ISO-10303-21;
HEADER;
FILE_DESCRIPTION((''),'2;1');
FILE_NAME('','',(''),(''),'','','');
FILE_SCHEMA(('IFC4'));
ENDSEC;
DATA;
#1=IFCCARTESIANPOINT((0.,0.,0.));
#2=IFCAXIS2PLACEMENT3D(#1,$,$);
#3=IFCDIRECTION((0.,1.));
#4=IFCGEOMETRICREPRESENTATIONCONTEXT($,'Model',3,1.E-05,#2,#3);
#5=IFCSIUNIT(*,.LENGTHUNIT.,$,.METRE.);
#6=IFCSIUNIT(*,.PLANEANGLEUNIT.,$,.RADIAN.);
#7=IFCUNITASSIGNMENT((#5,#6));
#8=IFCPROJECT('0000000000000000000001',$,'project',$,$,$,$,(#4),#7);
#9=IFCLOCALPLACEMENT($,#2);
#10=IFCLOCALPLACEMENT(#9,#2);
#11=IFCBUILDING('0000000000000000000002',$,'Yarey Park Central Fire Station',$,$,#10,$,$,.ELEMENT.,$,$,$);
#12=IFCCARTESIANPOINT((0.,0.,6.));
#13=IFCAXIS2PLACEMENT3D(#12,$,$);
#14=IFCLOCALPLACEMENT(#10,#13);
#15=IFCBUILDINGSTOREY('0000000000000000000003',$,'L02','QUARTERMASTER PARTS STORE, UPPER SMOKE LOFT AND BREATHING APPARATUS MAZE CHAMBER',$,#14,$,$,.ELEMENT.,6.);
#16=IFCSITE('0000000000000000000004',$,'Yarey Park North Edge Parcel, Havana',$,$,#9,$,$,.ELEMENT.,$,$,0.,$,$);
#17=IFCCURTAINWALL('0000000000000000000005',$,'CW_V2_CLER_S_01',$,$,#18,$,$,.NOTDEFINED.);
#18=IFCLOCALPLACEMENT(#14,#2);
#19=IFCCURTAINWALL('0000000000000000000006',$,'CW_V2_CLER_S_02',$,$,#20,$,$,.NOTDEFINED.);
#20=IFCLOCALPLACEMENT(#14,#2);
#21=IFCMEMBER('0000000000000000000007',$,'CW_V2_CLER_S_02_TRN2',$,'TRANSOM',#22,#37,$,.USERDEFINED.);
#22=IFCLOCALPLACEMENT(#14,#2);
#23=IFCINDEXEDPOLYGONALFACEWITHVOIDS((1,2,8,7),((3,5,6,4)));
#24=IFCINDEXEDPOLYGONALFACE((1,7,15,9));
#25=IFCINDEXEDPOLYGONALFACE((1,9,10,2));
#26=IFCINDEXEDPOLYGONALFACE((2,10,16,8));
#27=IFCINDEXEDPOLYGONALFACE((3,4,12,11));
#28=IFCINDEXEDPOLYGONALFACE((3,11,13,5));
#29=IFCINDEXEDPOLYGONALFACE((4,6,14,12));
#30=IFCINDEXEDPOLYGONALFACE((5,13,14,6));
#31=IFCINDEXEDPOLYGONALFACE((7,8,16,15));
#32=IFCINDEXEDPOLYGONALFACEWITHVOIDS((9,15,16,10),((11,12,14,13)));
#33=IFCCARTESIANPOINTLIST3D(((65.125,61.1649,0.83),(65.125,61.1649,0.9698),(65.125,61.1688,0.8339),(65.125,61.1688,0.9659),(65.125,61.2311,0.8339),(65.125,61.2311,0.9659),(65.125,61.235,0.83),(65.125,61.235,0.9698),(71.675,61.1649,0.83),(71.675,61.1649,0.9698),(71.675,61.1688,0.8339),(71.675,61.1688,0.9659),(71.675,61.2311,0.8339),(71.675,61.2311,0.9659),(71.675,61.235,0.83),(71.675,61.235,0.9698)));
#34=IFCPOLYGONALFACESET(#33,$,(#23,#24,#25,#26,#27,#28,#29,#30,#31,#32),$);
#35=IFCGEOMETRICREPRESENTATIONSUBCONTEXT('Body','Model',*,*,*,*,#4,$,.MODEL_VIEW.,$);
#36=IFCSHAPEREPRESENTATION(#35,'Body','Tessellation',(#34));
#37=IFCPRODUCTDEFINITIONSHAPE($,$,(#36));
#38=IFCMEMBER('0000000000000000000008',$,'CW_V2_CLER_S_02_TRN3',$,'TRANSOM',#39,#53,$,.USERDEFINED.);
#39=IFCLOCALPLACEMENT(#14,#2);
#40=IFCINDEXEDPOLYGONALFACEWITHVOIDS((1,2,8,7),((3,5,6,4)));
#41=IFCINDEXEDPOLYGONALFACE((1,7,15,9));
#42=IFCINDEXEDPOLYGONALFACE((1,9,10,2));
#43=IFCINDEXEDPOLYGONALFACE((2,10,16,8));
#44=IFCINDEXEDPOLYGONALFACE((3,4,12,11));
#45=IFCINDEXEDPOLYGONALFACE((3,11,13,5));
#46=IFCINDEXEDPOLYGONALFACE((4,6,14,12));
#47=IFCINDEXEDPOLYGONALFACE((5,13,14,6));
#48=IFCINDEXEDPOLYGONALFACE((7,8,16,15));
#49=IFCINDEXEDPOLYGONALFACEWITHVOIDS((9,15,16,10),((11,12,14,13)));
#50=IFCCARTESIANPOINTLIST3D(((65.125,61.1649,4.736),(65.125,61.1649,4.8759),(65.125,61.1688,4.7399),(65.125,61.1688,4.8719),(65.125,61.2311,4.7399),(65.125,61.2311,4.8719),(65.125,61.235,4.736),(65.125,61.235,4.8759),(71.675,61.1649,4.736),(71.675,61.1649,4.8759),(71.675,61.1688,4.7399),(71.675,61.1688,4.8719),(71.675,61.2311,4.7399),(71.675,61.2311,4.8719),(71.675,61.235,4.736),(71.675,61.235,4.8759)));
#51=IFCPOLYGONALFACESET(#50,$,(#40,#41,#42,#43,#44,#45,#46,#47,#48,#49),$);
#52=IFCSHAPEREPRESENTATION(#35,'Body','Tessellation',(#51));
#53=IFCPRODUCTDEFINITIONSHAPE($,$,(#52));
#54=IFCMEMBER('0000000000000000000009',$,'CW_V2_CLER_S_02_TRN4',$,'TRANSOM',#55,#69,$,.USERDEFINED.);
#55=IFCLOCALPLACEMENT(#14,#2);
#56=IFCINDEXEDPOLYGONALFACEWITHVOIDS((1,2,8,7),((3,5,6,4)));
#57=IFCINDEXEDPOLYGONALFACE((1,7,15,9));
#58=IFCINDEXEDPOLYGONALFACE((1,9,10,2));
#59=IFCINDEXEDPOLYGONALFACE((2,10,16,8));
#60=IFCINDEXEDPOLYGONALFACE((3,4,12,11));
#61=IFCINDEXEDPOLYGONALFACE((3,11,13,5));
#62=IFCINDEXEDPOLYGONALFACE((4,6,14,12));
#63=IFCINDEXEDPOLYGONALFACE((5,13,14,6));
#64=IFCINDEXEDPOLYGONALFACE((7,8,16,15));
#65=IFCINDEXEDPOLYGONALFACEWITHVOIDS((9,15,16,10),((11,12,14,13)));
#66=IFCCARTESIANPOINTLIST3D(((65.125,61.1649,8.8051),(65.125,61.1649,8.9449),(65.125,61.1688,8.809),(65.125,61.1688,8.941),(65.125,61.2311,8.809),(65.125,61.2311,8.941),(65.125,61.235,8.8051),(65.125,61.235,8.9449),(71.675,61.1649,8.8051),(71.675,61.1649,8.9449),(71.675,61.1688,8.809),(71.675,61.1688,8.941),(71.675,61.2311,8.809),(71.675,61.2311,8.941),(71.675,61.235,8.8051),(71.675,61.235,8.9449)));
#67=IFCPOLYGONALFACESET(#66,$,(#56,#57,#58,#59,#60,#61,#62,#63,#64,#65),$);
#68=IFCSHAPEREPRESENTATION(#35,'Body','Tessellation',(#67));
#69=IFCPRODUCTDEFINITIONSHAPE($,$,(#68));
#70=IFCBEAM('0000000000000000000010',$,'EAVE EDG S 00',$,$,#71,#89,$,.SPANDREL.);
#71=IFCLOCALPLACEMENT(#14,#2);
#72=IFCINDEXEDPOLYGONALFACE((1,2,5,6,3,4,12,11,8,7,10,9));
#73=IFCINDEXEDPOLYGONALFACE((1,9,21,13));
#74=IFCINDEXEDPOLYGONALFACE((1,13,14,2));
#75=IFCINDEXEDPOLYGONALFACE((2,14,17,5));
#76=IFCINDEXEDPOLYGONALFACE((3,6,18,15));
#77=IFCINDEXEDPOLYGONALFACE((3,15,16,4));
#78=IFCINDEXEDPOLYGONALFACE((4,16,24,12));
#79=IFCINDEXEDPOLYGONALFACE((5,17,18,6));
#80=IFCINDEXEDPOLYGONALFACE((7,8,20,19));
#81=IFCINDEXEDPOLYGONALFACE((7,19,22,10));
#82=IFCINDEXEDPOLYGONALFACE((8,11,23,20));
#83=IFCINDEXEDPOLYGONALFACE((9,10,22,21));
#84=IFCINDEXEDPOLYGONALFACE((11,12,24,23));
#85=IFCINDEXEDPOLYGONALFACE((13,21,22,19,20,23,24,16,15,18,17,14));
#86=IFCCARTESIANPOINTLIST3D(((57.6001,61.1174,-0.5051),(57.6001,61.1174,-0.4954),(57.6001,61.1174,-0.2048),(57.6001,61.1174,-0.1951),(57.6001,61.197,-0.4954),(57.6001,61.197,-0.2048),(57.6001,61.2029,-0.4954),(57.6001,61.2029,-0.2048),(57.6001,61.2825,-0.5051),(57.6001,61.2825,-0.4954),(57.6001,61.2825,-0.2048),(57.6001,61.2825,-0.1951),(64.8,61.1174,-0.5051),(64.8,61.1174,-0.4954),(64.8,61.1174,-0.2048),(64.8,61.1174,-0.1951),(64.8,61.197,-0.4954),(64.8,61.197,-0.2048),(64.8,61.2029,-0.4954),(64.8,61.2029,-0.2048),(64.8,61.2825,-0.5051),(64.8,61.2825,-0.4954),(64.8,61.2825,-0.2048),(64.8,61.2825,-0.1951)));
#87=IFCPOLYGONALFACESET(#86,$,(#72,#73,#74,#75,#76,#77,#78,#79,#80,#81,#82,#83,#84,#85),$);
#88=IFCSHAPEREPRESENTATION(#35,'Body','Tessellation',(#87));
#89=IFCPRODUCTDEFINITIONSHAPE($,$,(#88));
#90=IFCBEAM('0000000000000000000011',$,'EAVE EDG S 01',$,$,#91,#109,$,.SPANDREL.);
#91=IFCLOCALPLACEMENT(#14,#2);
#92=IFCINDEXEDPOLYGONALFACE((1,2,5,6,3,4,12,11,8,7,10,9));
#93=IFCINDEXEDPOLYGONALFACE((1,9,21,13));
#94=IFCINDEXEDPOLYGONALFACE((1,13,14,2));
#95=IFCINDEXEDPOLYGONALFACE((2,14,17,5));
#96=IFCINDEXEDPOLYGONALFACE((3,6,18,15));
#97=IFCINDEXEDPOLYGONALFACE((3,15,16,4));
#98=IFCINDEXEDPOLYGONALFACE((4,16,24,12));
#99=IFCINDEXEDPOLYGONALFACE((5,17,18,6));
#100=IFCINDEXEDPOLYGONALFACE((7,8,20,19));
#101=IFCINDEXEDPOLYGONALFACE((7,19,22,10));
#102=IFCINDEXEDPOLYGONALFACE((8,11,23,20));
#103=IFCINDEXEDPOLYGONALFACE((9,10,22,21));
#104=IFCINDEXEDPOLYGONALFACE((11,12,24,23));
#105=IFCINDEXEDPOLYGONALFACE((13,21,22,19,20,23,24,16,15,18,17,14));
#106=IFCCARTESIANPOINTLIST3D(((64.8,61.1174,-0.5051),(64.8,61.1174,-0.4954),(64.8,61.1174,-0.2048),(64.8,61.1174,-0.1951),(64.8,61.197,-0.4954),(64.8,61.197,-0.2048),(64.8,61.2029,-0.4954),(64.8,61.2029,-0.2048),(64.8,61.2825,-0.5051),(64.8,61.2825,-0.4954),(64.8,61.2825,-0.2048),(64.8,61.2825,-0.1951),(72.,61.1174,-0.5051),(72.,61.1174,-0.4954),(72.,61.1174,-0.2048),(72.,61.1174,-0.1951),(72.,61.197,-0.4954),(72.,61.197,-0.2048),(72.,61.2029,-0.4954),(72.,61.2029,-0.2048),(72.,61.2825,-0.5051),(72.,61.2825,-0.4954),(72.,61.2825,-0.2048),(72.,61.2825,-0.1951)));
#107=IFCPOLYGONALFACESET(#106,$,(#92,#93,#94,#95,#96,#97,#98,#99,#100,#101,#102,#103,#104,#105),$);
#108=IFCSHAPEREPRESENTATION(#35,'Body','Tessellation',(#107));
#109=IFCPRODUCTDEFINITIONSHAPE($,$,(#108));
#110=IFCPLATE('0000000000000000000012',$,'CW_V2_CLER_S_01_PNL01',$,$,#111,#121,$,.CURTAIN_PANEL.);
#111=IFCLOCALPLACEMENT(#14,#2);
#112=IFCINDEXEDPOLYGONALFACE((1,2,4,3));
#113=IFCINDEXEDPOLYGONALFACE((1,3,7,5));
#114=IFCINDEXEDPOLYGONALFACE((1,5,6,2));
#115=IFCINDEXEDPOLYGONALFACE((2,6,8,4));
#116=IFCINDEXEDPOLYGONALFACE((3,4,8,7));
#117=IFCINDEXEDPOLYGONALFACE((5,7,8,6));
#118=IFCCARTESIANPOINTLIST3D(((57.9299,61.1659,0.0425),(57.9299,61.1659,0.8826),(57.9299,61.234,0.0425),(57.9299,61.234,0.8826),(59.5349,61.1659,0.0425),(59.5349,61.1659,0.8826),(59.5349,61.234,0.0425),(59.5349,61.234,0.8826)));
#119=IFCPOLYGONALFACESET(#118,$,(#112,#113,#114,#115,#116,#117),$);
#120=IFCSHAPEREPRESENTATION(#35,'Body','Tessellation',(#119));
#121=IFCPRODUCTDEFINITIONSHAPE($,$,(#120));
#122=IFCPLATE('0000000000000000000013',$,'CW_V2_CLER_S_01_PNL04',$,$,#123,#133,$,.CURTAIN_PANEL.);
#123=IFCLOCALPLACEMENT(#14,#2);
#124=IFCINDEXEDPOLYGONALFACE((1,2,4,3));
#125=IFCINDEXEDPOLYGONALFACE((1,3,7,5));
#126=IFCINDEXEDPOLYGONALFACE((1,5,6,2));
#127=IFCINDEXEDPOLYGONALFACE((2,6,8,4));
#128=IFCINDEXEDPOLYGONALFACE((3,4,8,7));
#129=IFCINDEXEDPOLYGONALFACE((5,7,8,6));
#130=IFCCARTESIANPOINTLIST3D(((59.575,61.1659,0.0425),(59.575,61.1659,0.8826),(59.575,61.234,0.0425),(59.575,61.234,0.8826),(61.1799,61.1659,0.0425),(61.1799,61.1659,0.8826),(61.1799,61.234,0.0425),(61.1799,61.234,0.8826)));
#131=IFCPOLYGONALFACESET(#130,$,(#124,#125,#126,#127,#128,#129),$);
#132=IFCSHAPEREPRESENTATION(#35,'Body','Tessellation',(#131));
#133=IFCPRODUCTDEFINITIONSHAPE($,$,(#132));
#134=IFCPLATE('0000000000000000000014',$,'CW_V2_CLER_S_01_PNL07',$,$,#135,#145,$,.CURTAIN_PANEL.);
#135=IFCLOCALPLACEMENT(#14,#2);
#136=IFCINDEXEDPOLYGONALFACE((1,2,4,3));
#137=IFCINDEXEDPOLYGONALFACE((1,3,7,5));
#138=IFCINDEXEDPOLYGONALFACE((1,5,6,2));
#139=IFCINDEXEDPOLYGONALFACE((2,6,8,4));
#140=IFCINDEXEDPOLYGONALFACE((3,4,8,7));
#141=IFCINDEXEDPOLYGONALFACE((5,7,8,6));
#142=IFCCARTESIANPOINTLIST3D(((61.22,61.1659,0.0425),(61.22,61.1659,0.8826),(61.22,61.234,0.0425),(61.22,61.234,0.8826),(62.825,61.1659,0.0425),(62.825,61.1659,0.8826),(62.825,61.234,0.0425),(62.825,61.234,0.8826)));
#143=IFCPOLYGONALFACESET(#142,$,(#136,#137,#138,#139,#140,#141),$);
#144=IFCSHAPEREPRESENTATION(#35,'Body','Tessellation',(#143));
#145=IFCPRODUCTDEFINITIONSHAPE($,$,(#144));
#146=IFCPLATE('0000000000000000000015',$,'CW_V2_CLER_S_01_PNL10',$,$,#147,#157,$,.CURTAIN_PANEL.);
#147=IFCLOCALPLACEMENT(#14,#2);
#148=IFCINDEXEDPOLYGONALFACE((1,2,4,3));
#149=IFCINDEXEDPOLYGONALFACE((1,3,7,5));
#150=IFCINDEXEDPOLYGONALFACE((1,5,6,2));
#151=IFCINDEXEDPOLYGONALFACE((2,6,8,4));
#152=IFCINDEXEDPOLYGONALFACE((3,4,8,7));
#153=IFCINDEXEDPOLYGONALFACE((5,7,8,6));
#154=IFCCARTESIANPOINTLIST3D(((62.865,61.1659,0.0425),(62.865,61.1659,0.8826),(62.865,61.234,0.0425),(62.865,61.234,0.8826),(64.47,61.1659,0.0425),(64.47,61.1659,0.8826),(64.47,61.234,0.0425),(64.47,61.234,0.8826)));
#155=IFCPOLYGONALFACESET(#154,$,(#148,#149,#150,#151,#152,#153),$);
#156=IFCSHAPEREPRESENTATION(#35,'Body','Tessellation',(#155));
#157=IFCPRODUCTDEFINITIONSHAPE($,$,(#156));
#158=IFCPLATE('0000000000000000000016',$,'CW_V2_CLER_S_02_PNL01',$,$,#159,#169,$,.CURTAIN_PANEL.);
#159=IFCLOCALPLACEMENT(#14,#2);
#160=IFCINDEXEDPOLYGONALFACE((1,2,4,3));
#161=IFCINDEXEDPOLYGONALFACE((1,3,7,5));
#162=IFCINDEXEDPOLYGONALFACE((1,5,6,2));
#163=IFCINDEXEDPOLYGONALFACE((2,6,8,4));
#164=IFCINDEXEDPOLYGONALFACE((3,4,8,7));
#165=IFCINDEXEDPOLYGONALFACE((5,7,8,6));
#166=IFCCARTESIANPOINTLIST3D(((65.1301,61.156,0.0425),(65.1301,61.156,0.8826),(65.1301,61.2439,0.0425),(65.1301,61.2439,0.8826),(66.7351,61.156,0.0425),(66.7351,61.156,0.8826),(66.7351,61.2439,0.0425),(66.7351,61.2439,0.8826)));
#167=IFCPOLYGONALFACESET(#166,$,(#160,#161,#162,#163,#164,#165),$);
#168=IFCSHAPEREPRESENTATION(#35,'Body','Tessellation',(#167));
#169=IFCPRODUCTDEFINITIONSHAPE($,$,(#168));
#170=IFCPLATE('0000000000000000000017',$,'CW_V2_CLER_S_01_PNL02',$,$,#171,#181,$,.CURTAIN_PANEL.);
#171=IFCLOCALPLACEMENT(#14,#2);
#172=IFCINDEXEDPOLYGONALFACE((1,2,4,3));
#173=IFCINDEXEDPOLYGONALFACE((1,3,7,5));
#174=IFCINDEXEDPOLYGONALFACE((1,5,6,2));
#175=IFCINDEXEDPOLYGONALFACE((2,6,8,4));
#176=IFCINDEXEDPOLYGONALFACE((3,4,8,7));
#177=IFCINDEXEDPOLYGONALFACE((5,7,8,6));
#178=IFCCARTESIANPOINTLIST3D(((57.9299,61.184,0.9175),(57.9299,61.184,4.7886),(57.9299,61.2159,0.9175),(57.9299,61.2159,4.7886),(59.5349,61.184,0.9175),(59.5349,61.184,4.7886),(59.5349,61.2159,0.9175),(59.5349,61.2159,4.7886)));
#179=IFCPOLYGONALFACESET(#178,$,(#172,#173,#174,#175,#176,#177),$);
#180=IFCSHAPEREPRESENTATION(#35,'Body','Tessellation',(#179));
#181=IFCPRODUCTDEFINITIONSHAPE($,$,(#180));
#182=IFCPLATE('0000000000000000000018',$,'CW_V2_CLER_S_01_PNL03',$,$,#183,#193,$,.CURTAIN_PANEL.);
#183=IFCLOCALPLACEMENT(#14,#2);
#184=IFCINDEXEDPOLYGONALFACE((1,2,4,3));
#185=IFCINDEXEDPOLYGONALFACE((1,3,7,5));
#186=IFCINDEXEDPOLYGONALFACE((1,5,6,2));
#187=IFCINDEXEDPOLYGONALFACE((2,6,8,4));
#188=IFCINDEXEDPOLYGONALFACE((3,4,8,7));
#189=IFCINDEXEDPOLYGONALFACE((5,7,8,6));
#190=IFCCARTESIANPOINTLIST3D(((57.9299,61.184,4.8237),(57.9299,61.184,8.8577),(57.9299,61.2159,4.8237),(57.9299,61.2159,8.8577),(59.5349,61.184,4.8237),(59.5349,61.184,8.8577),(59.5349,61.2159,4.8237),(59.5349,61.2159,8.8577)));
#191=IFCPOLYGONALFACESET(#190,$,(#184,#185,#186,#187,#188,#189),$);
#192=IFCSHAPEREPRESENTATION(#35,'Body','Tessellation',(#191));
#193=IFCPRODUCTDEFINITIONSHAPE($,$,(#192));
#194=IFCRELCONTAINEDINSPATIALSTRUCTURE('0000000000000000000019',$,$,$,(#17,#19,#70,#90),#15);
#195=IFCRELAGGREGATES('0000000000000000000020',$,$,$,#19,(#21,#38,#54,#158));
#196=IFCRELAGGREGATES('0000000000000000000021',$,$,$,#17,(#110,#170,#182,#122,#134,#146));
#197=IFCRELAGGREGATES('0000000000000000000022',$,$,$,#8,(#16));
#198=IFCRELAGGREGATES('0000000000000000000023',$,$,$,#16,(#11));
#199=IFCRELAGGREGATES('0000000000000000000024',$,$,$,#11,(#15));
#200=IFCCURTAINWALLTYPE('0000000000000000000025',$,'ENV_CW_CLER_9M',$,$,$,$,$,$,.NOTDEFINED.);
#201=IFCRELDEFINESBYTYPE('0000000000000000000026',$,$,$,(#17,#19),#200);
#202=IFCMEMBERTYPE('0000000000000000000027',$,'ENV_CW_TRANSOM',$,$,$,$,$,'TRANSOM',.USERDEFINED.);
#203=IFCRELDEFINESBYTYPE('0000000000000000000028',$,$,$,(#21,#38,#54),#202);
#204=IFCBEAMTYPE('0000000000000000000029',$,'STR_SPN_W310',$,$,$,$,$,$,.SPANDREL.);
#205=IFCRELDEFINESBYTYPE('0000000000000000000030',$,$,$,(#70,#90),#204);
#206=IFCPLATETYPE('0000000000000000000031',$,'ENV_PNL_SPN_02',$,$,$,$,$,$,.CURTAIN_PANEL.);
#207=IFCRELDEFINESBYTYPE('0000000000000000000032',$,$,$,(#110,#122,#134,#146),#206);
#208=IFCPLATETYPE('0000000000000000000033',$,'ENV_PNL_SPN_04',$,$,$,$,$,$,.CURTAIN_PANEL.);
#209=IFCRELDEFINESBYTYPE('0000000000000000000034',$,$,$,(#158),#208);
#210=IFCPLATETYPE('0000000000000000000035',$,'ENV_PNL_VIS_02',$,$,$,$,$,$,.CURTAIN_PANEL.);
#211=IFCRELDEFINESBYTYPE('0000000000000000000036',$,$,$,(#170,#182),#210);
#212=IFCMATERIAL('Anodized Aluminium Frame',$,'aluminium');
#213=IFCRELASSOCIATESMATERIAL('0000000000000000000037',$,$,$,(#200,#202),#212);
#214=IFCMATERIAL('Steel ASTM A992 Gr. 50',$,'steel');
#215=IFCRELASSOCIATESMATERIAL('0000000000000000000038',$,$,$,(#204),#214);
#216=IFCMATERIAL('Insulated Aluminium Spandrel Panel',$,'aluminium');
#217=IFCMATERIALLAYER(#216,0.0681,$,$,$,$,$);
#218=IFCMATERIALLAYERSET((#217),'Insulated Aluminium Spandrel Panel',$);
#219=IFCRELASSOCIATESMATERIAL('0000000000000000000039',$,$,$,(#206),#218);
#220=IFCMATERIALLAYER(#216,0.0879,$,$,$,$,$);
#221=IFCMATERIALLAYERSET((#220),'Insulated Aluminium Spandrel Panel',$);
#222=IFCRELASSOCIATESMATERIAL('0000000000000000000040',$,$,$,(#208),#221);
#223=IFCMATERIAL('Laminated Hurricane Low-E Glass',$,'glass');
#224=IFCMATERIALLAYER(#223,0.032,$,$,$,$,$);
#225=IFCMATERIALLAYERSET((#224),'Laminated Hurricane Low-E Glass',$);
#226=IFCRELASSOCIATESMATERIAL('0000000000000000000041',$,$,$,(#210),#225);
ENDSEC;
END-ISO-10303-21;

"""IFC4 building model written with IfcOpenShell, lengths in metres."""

from ifc_helpers import new_model, si_unit, direction, frame, origin, origin_2d, place, context, subcontext, project, spatial, rectangle, hollow_rectangle, i_section, extrude, material, layer, layer_set, material_profile, profile_set, type_object, element, aggregate, save


model = new_model("IFC4")

# Units and contexts
model_context = context("Model", 3, precision=1e-05, world=origin(), true_north=direction((0.0, 1.0)))
body_context = subcontext(model_context, "Body", "Model", "MODEL_VIEW")
ifc_project = project(units=[si_unit("LENGTHUNIT", "METRE"), si_unit("PLANEANGLEUNIT", "RADIAN")], contexts=[model_context])

# Site, building, storey
site_placement = place(None, origin())
site = spatial("IfcSite", under=ifc_project, at=site_placement, Name="Yarey Park North Edge Parcel, Havana", CompositionType="ELEMENT", RefElevation=0.0)
building_placement = place(site_placement, origin())
building = spatial("IfcBuilding", under=site, at=building_placement, Name="Yarey Park Central Fire Station", CompositionType="ELEMENT")
storey_placement = place(building_placement, frame((0.0, 0.0, 6.0)))
storey = spatial("IfcBuildingStorey", under=building, at=storey_placement, Name="L02", Description="QUARTERMASTER PARTS STORE, UPPER SMOKE LOFT AND BREATHING APPARATUS MAZE CHAMBER", CompositionType="ELEMENT", Elevation=6.0)

# Curtain wall
ifc_material_1 = material(Name="Anodized Aluminium Frame", Category="aluminium")
curtain_wall_type = type_object("IfcCurtainWallType", Name="ENV_CW_CLER_9M", PredefinedType="NOTDEFINED", material=ifc_material_1)
curtain_wall_1_placement = place(storey_placement, origin())
curtain_wall_1 = element("IfcCurtainWall", 1, at=curtain_wall_1_placement, inside=storey, type_object=curtain_wall_type, Name="CW_V2_CLER_S_01", PredefinedType="NOTDEFINED")

# Curtain wall
curtain_wall_2_placement = place(storey_placement, origin())
curtain_wall_2 = element("IfcCurtainWall", 2, at=curtain_wall_2_placement, inside=storey, type_object=curtain_wall_type, Name="CW_V2_CLER_S_02", PredefinedType="NOTDEFINED")

# Members
ifc_material_profile_1 = material_profile(ifc_material_1, hollow_rectangle(XDim=0.0701, YDim=0.1399, WallThickness=0.0039, at=origin_2d()), Name="ALU 140x70x4")
ifc_profile_set_1 = profile_set([ifc_material_profile_1], Name="Anodized Aluminium Frame")
member_type_1 = type_object("IfcMemberType", Name="ENV_CW_TRANSOM", ElementType="TRANSOM", PredefinedType="USERDEFINED", material=ifc_profile_set_1)
member_1_placement = place(storey_placement, frame((65.125, 61.2, 0.8999), z_axis=(1.0, 0.0, 0.0), x_axis=(0.0, 1.0, 0.0)))
member_1 = element("IfcMember", 3, at=member_1_placement, type_object=member_type_1, Name="CW_V2_CLER_S_02_TRN2", ObjectType="TRANSOM", PredefinedType="USERDEFINED", context=body_context, shape_type="SweptSolid", body=[
    extrude(hollow_rectangle(XDim=0.0701, YDim=0.1399, WallThickness=0.0039, at=origin_2d()), origin(), (0.0, 0.0, 1.0), 6.55),
])
member_2_placement = place(storey_placement, frame((65.125, 61.2, 4.8059), z_axis=(1.0, 0.0, 0.0), x_axis=(0.0, 1.0, 0.0)))
member_2 = element("IfcMember", 4, at=member_2_placement, type_object=member_type_1, Name="CW_V2_CLER_S_02_TRN3", ObjectType="TRANSOM", PredefinedType="USERDEFINED", context=body_context, shape_type="SweptSolid", body=[
    extrude(hollow_rectangle(XDim=0.0701, YDim=0.1399, WallThickness=0.0039, at=origin_2d()), origin(), (0.0, 0.0, 1.0), 6.55),
])
member_3_placement = place(storey_placement, frame((65.125, 61.2, 8.875), z_axis=(1.0, 0.0, 0.0), x_axis=(0.0, 1.0, 0.0)))
member_3 = element("IfcMember", 5, at=member_3_placement, type_object=member_type_1, Name="CW_V2_CLER_S_02_TRN4", ObjectType="TRANSOM", PredefinedType="USERDEFINED", context=body_context, shape_type="SweptSolid", body=[
    extrude(hollow_rectangle(XDim=0.0701, YDim=0.1399, WallThickness=0.0039, at=origin_2d()), origin(), (0.0, 0.0, 1.0), 6.55),
])

# Beams
ifc_material_2 = material(Name="Steel ASTM A992 Gr. 50", Category="steel")
ifc_material_profile_2 = material_profile(ifc_material_2, i_section(OverallWidth=0.165, OverallDepth=0.3101, WebThickness=0.0059, FlangeThickness=0.0098, at=origin_2d()), Name="W310x39")
ifc_profile_set_2 = profile_set([ifc_material_profile_2], Name="Steel ASTM A992 Gr. 50")
beam_type = type_object("IfcBeamType", Name="STR_SPN_W310", PredefinedType="SPANDREL", material=ifc_profile_set_2)
for number, where, z_axis, x_axis, name in (
    (6, (57.6001, 61.2, -0.3501), (1.0, 0.0, 0.0), (0.0, 1.0, 0.0), "EAVE EDG S 00"),
    (7, (64.8, 61.2, -0.3501), (1.0, 0.0, 0.0), (0.0, 1.0, 0.0), "EAVE EDG S 01"),
):
    element("IfcBeam", number, at=place(storey_placement, frame(where, z_axis=z_axis, x_axis=x_axis)), inside=storey, type_object=beam_type, Name=name, PredefinedType="SPANDREL", context=body_context, shape_type="SweptSolid", body=[
        extrude(i_section(OverallWidth=0.165, OverallDepth=0.3101, WebThickness=0.0059, FlangeThickness=0.0098, at=origin_2d()), origin(), (0.0, 0.0, 1.0), 7.2),
    ])

# Plates
ifc_material_3 = material(Name="Insulated Aluminium Spandrel Panel", Category="aluminium")
ifc_layer_1 = layer(ifc_material_3, 0.0681)
ifc_layer_set_1 = layer_set([ifc_layer_1], Name="Insulated Aluminium Spandrel Panel")
plate_type_1 = type_object("IfcPlateType", Name="ENV_PNL_SPN_02", PredefinedType="CURTAIN_PANEL", material=ifc_layer_set_1)
plate_1_placement = place(storey_placement, frame((58.7324, 61.2, 0.0425), z_axis=(0.0, 0.0, 1.0), x_axis=(1.0, 0.0, 0.0)))
plate_1 = element("IfcPlate", 8, at=plate_1_placement, type_object=plate_type_1, Name="CW_V2_CLER_S_01_PNL01", PredefinedType="CURTAIN_PANEL", context=body_context, shape_type="SweptSolid", body=[
    extrude(rectangle(XDim=1.605, YDim=0.0681, at=origin_2d()), origin(), (0.0, 0.0, 1.0), 0.8401),
])
plate_2_placement = place(storey_placement, frame((60.3774, 61.2, 0.0425), z_axis=(0.0, 0.0, 1.0), x_axis=(1.0, 0.0, 0.0)))
plate_2 = element("IfcPlate", 9, at=plate_2_placement, type_object=plate_type_1, Name="CW_V2_CLER_S_01_PNL04", PredefinedType="CURTAIN_PANEL", context=body_context, shape_type="SweptSolid", body=[
    extrude(rectangle(XDim=1.605, YDim=0.0681, at=origin_2d()), origin(), (0.0, 0.0, 1.0), 0.8401),
])
plate_3_placement = place(storey_placement, frame((62.0225, 61.2, 0.0425), z_axis=(0.0, 0.0, 1.0), x_axis=(1.0, 0.0, 0.0)))
plate_3 = element("IfcPlate", 10, at=plate_3_placement, type_object=plate_type_1, Name="CW_V2_CLER_S_01_PNL07", PredefinedType="CURTAIN_PANEL", context=body_context, shape_type="SweptSolid", body=[
    extrude(rectangle(XDim=1.605, YDim=0.0681, at=origin_2d()), origin(), (0.0, 0.0, 1.0), 0.8401),
])
plate_4_placement = place(storey_placement, frame((63.6675, 61.2, 0.0425), z_axis=(0.0, 0.0, 1.0), x_axis=(1.0, 0.0, 0.0)))
plate_4 = element("IfcPlate", 11, at=plate_4_placement, type_object=plate_type_1, Name="CW_V2_CLER_S_01_PNL10", PredefinedType="CURTAIN_PANEL", context=body_context, shape_type="SweptSolid", body=[
    extrude(rectangle(XDim=1.605, YDim=0.0681, at=origin_2d()), origin(), (0.0, 0.0, 1.0), 0.8401),
])
ifc_layer_2 = layer(ifc_material_3, 0.0879)
ifc_layer_set_2 = layer_set([ifc_layer_2], Name="Insulated Aluminium Spandrel Panel")
plate_type_2 = type_object("IfcPlateType", Name="ENV_PNL_SPN_04", PredefinedType="CURTAIN_PANEL", material=ifc_layer_set_2)
plate_5_placement = place(storey_placement, frame((65.9326, 61.2, 0.0425), z_axis=(0.0, 0.0, 1.0), x_axis=(1.0, 0.0, 0.0)))
plate_5 = element("IfcPlate", 12, at=plate_5_placement, type_object=plate_type_2, Name="CW_V2_CLER_S_02_PNL01", PredefinedType="CURTAIN_PANEL", context=body_context, shape_type="SweptSolid", body=[
    extrude(rectangle(XDim=1.605, YDim=0.0879, at=origin_2d()), origin(), (0.0, 0.0, 1.0), 0.8401),
])
aggregate(curtain_wall_2, [member_1, member_2, member_3, plate_5])
ifc_material_4 = material(Name="Laminated Hurricane Low-E Glass", Category="glass")
ifc_layer_3 = layer(ifc_material_4, 0.032)
ifc_layer_set_3 = layer_set([ifc_layer_3], Name="Laminated Hurricane Low-E Glass")
plate_type_3 = type_object("IfcPlateType", Name="ENV_PNL_VIS_02", PredefinedType="CURTAIN_PANEL", material=ifc_layer_set_3)
plate_6_placement = place(storey_placement, frame((58.7324, 61.2, 0.9175), z_axis=(0.0, 0.0, 1.0), x_axis=(1.0, 0.0, 0.0)))
plate_6 = element("IfcPlate", 13, at=plate_6_placement, type_object=plate_type_3, Name="CW_V2_CLER_S_01_PNL02", PredefinedType="CURTAIN_PANEL", context=body_context, shape_type="SweptSolid", body=[
    extrude(rectangle(XDim=1.605, YDim=0.032, at=origin_2d()), origin(), (0.0, 0.0, 1.0), 3.8711),
])
plate_7_placement = place(storey_placement, frame((58.7324, 61.2, 4.8237), z_axis=(0.0, 0.0, 1.0), x_axis=(1.0, 0.0, 0.0)))
plate_7 = element("IfcPlate", 14, at=plate_7_placement, type_object=plate_type_3, Name="CW_V2_CLER_S_01_PNL03", PredefinedType="CURTAIN_PANEL", context=body_context, shape_type="SweptSolid", body=[
    extrude(rectangle(XDim=1.605, YDim=0.032, at=origin_2d()), origin(), (0.0, 0.0, 1.0), 4.0339),
])
aggregate(curtain_wall_1, [plate_1, plate_6, plate_7, plate_2, plate_3, plate_4])

save(model, "model.ifc")
